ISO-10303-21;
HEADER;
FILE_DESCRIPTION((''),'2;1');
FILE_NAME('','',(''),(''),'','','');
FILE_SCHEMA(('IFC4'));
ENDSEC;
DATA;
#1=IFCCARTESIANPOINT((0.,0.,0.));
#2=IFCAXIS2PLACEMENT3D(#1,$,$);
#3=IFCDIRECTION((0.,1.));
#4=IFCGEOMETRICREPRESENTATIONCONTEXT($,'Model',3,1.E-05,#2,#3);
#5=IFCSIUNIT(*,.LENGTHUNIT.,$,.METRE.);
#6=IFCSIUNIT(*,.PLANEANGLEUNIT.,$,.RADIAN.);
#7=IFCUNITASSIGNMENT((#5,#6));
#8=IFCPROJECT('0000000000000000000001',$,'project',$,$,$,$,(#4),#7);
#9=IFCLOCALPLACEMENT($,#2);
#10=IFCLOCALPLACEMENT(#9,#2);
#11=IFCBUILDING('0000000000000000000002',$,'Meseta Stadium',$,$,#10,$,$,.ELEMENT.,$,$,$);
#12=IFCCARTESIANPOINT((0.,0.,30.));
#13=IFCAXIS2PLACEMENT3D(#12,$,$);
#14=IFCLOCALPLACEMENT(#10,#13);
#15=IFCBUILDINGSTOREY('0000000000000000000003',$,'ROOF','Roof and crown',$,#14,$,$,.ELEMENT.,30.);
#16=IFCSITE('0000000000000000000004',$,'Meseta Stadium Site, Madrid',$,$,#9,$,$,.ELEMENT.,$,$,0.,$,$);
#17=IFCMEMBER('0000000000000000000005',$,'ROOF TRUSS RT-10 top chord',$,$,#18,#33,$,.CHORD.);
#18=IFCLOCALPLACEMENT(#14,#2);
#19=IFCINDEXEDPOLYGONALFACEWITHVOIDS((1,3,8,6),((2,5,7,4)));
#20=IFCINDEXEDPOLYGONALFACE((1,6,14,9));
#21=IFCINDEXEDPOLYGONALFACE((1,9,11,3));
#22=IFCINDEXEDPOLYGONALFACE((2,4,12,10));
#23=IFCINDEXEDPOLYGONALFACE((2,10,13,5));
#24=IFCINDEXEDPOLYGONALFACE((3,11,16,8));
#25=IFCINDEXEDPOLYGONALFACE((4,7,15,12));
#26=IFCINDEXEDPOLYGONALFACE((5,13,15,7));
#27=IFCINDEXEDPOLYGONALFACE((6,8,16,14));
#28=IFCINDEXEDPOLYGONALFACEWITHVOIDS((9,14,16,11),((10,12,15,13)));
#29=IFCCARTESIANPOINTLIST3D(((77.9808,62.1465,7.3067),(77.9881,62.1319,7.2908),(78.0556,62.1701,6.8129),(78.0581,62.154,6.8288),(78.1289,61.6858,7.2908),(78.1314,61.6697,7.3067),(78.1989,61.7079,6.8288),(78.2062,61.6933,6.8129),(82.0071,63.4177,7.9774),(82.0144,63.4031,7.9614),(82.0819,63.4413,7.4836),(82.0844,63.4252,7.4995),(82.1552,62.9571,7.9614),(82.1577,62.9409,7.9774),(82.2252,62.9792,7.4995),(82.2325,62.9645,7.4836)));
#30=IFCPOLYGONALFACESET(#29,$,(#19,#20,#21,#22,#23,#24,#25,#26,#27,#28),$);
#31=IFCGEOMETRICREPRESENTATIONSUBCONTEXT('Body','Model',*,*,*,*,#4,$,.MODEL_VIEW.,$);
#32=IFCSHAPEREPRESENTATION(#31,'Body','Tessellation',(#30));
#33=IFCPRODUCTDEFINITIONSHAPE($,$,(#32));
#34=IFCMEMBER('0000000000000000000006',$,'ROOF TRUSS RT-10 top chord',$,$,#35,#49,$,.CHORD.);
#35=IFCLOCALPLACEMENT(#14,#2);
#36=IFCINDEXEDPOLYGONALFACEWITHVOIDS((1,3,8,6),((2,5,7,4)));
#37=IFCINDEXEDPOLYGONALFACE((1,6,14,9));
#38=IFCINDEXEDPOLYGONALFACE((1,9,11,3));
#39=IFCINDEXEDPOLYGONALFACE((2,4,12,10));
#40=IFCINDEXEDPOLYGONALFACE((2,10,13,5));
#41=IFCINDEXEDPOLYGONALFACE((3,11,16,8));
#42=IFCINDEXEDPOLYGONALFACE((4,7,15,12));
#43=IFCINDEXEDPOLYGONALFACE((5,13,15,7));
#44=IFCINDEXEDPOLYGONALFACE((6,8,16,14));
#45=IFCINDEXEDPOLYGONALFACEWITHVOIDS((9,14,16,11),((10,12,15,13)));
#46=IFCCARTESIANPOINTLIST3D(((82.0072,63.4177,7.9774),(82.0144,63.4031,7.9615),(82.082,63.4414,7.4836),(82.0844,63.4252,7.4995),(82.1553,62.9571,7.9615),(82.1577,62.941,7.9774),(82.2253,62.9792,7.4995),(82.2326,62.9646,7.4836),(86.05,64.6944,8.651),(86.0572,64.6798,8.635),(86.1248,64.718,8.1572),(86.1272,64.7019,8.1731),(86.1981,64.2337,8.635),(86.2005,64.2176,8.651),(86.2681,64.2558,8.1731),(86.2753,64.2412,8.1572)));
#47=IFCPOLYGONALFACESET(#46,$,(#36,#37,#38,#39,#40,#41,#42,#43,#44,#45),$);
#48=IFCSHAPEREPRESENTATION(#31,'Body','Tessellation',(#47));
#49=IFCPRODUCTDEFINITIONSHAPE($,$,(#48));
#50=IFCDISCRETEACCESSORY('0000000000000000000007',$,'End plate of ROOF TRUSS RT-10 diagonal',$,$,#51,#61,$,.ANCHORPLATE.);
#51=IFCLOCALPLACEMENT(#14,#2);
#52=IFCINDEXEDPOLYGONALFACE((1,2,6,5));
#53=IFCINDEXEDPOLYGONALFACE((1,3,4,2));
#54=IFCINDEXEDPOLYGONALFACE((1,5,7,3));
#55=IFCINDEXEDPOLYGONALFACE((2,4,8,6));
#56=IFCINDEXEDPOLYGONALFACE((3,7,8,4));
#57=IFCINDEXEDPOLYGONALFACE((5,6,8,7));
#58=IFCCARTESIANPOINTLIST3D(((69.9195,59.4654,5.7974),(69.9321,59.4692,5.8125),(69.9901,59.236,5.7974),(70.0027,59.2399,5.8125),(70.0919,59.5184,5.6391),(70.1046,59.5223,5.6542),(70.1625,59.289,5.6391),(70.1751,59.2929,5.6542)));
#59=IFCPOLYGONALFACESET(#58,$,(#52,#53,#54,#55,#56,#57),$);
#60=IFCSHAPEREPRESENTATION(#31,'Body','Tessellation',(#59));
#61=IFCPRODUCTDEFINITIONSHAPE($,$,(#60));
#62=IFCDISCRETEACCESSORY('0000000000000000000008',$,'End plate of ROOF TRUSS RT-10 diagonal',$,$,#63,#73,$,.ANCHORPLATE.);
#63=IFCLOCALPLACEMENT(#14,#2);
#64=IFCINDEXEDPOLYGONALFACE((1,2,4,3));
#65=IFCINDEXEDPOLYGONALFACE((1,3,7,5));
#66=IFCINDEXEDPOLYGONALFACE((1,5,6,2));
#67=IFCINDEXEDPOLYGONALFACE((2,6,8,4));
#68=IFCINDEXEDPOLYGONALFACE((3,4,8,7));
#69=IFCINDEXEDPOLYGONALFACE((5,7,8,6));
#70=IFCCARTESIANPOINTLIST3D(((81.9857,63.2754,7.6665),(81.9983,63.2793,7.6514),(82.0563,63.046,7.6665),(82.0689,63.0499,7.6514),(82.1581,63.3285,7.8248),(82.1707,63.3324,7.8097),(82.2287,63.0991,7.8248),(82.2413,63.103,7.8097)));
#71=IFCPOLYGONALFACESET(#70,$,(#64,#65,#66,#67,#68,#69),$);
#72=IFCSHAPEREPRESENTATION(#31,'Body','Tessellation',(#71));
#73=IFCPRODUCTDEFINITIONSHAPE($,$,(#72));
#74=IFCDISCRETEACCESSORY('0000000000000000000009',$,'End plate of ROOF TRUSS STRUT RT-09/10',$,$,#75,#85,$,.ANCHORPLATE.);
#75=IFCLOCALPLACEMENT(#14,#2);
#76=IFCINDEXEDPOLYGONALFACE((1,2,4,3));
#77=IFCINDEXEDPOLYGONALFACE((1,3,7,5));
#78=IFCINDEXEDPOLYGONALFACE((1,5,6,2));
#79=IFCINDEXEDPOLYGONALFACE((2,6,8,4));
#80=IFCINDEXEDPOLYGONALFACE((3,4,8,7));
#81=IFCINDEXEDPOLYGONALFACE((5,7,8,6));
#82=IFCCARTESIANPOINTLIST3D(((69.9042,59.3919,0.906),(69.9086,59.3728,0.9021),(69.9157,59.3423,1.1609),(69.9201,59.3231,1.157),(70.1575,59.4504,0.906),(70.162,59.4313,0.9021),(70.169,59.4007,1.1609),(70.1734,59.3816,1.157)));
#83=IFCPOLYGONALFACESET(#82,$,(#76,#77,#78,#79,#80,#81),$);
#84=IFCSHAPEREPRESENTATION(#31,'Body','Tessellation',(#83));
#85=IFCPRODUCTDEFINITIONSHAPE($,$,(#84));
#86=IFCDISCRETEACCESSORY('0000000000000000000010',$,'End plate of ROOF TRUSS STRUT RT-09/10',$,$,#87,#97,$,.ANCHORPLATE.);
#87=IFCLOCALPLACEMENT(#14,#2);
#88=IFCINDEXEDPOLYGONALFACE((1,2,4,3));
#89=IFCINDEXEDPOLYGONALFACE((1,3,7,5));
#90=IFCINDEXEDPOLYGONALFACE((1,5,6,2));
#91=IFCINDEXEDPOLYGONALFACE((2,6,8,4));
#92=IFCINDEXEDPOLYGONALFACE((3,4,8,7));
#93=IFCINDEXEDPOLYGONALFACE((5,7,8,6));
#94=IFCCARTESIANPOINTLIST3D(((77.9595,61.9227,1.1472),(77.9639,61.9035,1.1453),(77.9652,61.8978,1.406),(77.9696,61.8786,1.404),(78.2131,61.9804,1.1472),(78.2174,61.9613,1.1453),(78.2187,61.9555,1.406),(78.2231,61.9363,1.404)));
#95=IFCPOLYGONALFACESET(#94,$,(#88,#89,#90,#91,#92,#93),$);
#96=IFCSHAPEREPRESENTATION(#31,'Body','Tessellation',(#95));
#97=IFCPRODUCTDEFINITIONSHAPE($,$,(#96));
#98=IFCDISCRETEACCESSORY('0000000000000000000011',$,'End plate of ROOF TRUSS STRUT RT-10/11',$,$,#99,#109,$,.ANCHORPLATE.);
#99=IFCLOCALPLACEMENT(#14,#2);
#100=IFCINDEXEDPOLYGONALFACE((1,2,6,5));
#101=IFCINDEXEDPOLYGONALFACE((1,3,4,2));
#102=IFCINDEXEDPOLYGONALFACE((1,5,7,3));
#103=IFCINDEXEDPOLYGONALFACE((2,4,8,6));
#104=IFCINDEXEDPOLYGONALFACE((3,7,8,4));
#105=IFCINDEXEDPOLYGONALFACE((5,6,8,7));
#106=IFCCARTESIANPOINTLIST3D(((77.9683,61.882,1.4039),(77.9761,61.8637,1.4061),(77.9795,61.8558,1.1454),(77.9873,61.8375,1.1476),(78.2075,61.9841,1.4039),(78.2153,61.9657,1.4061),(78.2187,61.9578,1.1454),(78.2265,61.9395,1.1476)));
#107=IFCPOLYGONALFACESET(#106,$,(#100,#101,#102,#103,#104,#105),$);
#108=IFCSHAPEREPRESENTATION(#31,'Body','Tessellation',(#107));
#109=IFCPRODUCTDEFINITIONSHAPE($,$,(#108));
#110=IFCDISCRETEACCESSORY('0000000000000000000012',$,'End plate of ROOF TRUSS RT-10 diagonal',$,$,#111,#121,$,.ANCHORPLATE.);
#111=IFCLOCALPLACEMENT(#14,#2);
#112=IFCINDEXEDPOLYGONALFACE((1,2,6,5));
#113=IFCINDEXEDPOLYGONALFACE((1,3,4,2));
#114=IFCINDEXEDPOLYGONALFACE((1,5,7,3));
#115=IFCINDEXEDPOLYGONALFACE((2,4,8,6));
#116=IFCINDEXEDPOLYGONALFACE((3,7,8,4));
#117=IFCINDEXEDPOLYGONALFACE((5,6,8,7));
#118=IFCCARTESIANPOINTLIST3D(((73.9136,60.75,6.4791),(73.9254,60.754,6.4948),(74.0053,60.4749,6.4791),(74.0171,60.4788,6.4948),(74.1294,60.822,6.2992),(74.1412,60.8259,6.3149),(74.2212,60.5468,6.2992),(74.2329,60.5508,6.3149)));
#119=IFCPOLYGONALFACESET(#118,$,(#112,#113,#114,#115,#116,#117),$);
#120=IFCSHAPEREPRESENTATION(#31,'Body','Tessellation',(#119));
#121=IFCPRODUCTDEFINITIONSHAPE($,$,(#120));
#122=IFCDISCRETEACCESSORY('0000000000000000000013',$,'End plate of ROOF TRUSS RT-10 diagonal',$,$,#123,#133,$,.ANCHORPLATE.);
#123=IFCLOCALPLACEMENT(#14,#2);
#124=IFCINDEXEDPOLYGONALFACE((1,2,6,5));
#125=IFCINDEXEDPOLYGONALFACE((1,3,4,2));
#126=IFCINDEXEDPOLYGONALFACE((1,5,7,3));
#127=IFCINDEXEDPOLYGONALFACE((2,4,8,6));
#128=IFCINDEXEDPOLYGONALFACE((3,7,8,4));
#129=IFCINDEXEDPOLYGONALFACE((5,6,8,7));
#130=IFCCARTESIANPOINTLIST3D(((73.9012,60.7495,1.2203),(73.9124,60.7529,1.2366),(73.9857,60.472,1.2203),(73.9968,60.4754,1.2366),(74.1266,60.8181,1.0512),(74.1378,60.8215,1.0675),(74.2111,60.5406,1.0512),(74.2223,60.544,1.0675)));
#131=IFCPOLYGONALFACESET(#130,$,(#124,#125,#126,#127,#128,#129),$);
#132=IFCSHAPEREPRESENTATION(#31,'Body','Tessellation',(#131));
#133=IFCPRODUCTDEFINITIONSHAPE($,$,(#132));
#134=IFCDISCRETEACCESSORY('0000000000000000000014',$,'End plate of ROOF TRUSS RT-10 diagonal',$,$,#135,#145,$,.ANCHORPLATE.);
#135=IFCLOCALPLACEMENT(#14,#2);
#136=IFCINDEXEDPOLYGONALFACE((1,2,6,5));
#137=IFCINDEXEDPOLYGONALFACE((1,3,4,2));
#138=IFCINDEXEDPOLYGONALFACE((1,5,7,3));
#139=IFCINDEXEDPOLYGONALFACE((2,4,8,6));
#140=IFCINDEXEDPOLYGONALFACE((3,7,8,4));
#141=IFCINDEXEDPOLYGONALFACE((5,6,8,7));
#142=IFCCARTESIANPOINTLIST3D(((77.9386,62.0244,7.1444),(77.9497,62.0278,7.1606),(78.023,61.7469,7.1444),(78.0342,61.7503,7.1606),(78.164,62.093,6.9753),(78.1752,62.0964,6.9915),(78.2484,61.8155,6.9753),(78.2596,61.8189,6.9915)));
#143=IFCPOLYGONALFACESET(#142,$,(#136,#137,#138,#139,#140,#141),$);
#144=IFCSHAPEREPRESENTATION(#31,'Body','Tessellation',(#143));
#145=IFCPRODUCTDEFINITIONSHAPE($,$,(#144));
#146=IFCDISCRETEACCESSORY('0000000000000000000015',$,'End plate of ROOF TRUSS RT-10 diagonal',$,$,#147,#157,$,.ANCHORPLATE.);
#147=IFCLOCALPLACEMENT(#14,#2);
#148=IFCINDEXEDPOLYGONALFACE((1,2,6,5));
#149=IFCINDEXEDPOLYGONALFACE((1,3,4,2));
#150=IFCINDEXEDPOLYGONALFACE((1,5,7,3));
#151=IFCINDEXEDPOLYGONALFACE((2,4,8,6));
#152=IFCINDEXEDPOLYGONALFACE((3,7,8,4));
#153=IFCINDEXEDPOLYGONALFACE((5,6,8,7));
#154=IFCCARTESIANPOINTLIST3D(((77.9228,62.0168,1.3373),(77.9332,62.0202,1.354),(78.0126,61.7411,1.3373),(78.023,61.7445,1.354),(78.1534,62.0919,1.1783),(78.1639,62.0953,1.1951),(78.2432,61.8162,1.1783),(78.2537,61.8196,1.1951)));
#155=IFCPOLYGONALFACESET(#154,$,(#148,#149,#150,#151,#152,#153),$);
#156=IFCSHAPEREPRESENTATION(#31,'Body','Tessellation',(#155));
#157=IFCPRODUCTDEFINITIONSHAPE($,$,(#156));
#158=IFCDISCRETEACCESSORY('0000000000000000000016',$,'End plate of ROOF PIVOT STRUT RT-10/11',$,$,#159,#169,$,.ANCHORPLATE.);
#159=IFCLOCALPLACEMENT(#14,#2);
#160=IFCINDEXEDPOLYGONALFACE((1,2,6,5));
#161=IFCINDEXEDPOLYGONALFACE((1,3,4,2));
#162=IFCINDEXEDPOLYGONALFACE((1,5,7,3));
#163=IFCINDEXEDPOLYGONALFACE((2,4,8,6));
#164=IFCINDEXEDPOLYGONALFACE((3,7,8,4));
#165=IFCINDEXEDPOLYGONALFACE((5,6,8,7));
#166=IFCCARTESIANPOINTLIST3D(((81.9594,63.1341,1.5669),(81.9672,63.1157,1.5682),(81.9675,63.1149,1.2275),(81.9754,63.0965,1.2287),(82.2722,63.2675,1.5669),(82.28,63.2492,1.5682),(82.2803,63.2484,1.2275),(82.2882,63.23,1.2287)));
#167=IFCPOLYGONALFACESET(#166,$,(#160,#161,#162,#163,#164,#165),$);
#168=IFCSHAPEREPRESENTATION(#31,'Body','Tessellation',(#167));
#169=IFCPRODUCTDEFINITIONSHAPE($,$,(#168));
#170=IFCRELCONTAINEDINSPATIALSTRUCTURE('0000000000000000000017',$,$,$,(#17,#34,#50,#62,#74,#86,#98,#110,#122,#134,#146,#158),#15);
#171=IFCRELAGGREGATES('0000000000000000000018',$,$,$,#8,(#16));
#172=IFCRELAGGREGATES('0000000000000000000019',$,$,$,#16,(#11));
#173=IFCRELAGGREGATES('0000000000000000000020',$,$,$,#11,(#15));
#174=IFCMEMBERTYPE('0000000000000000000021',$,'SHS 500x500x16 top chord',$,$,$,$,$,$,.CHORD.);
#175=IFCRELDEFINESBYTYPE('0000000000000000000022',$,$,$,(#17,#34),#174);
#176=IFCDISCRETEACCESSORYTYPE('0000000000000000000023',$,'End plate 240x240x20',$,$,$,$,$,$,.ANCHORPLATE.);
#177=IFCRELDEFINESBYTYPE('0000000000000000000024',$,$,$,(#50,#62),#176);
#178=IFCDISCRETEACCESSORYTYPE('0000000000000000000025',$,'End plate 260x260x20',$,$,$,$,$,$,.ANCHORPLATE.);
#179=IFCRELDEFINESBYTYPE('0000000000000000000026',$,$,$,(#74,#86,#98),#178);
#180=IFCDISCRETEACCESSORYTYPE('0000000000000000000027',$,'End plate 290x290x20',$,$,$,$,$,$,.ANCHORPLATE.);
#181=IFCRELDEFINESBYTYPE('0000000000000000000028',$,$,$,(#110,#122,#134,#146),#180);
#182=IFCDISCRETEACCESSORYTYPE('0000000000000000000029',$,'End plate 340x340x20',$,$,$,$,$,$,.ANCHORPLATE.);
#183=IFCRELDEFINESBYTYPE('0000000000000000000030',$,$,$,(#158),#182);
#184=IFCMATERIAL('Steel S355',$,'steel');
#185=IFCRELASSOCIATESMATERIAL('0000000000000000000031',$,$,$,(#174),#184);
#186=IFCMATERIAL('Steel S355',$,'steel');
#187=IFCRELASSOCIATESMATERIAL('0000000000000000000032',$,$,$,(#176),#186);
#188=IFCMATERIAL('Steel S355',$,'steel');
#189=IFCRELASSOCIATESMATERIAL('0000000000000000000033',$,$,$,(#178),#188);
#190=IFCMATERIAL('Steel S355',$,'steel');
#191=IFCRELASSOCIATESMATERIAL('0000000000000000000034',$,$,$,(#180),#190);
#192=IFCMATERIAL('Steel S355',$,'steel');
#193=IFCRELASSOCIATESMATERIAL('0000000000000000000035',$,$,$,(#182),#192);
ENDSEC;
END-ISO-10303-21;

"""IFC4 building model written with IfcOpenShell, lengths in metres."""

from ifc_helpers import new_model, si_unit, direction, frame, origin, origin_2d, place, context, subcontext, project, spatial, rectangle, hollow_rectangle, extrude, material, material_profile, profile_set, type_object, element, save


model = new_model("IFC4")

# Units and contexts
model_context = context("Model", 3, precision=1e-05, world=origin(), true_north=direction((0.0, 1.0)))
body_context = subcontext(model_context, "Body", "Model", "MODEL_VIEW")
ifc_project = project(units=[si_unit("LENGTHUNIT", "METRE"), si_unit("PLANEANGLEUNIT", "RADIAN")], contexts=[model_context])

# Site, building, storey
site_placement = place(None, origin())
site = spatial("IfcSite", under=ifc_project, at=site_placement, Name="Meseta Stadium Site, Madrid", CompositionType="ELEMENT", RefElevation=0.0)
building_placement = place(site_placement, origin())
building = spatial("IfcBuilding", under=site, at=building_placement, Name="Meseta Stadium", CompositionType="ELEMENT")
storey_placement = place(building_placement, frame((0.0, 0.0, 30.0)))
storey = spatial("IfcBuildingStorey", under=building, at=storey_placement, Name="ROOF", Description="Roof and crown", CompositionType="ELEMENT", Elevation=30.0)

# Members
ifc_material_1 = material(Name="Steel S355", Category="steel")
ifc_material_profile_1 = material_profile(ifc_material_1, hollow_rectangle(XDim=0.5, YDim=0.5, WallThickness=0.0161, at=origin_2d()), Name="SHS 500x500x16")
ifc_profile_set_1 = profile_set([ifc_material_profile_1], Name="Steel S355")
member_type_1 = type_object("IfcMemberType", Name="SHS 500x500x16 top chord", PredefinedType="CHORD", material=ifc_profile_set_1)
member_1_placement = place(storey_placement, frame((78.0935, 61.9199, 7.0598), z_axis=(0.941793, 0.297351, 0.15687), x_axis=(-0.301079, 0.953599, 0.0)))
element("IfcMember", 1, at=member_1_placement, inside=storey, type_object=member_type_1, Name="ROOF TRUSS RT-10 top chord", PredefinedType="CHORD", context=body_context, shape_type="SweptSolid", body=[
    extrude(hollow_rectangle(XDim=0.5, YDim=0.5, WallThickness=0.0161, at=origin_2d()), origin(), (0.0, 0.0, 1.0), 4.2751),
])
member_2_placement = place(storey_placement, frame((82.1199, 63.1912, 7.7305), z_axis=(0.941772, 0.297393, 0.156915), x_axis=(-0.301123, 0.953585, 0.0)))
element("IfcMember", 2, at=member_2_placement, inside=storey, type_object=member_type_1, Name="ROOF TRUSS RT-10 top chord", PredefinedType="CHORD", context=body_context, shape_type="SweptSolid", body=[
    extrude(hollow_rectangle(XDim=0.5, YDim=0.5, WallThickness=0.0161, at=origin_2d()), origin(), (0.0, 0.0, 1.0), 4.2927),
])

# Discrete accessories
ifc_material_2 = material(Name="Steel S355", Category="steel")
ifc_material_profile_2 = material_profile(ifc_material_2, rectangle(XDim=0.24, YDim=0.24, at=origin_2d()), Name="PL 240x240")
ifc_profile_set_2 = profile_set([ifc_material_profile_2], Name="Steel S355")
discrete_accessory_type_1 = type_object("IfcDiscreteAccessoryType", Name="End plate 240x240x20", PredefinedType="ANCHORPLATE", material=ifc_profile_set_2)
for number, where, z_axis, x_axis, name in (
    (3, (70.041, 59.3772, 5.7183), (0.630407, 0.193971, 0.751639), (-0.294086, 0.955779, 0.0), "End plate of ROOF TRUSS RT-10 diagonal"),
    (4, (82.1072, 63.1873, 7.7456), (0.630407, 0.193971, -0.751639), (-0.294086, 0.955779, 0.0), "End plate of ROOF TRUSS RT-10 diagonal"),
):
    element("IfcDiscreteAccessory", number, at=place(storey_placement, frame(where, z_axis=z_axis, x_axis=x_axis)), inside=storey, type_object=discrete_accessory_type_1, Name=name, PredefinedType="ANCHORPLATE", context=body_context, shape_type="SweptSolid", body=[
        extrude(rectangle(XDim=0.24, YDim=0.24, at=origin_2d()), origin(), (0.0, 0.0, 1.0), 0.02),
    ])
ifc_material_3 = material(Name="Steel S355", Category="steel")
ifc_material_profile_3 = material_profile(ifc_material_3, rectangle(XDim=0.26, YDim=0.26, at=origin_2d()), Name="PL 260x260")
ifc_profile_set_3 = profile_set([ifc_material_profile_3], Name="Steel S355")
discrete_accessory_type_2 = type_object("IfcDiscreteAccessoryType", Name="End plate 260x260x20", PredefinedType="ANCHORPLATE", material=ifc_profile_set_3)
discrete_accessory_1_placement = place(storey_placement, frame((70.041, 59.3772, 1.0295), z_axis=(-0.220498, 0.955492, 0.195998), x_axis=(-0.974391, -0.22486, 0.0)))
element("IfcDiscreteAccessory", 5, at=discrete_accessory_1_placement, inside=storey, type_object=discrete_accessory_type_2, Name="End plate of ROOF TRUSS STRUT RT-09/10", PredefinedType="ANCHORPLATE", context=body_context, shape_type="SweptSolid", body=[
    extrude(rectangle(XDim=0.26, YDim=0.26, at=origin_2d()), origin(), (0.0, 0.0, 1.0), 0.02),
])
discrete_accessory_2_placement = place(storey_placement, frame((78.0935, 61.9199, 1.2747), z_axis=(-0.22108, 0.970293, 0.098258), x_axis=(-0.975011, -0.222155, 0.0)))
element("IfcDiscreteAccessory", 6, at=discrete_accessory_2_placement, inside=storey, type_object=discrete_accessory_type_2, Name="End plate of ROOF TRUSS STRUT RT-09/10", PredefinedType="ANCHORPLATE", context=body_context, shape_type="SweptSolid", body=[
    extrude(rectangle(XDim=0.26, YDim=0.26, at=origin_2d()), origin(), (0.0, 0.0, 1.0), 0.0198),
])
discrete_accessory_3_placement = place(storey_placement, frame((78.1013, 61.9016, 1.2769), z_axis=(-0.39007, 0.914226, -0.109707), x_axis=(-0.919778, -0.392439, 0.0)))
element("IfcDiscreteAccessory", 7, at=discrete_accessory_3_placement, inside=storey, type_object=discrete_accessory_type_2, Name="End plate of ROOF TRUSS STRUT RT-10/11", PredefinedType="ANCHORPLATE", context=body_context, shape_type="SweptSolid", body=[
    extrude(rectangle(XDim=0.26, YDim=0.26, at=origin_2d()), origin(), (0.0, 0.0, 1.0), 0.02),
])
ifc_material_4 = material(Name="Steel S355", Category="steel")
ifc_material_profile_4 = material_profile(ifc_material_4, rectangle(XDim=0.29, YDim=0.29, at=origin_2d()), Name="PL 290x290")
ifc_profile_set_4 = profile_set([ifc_material_profile_4], Name="Steel S355")
discrete_accessory_type_3 = type_object("IfcDiscreteAccessoryType", Name="End plate 290x290x20", PredefinedType="ANCHORPLATE", material=ifc_profile_set_4)
for number, where, z_axis, x_axis, name in (
    (8, (74.0674, 60.6484, 6.3892), (0.588348, 0.196116, 0.784465), (-0.316228, 0.948683, 0.0), "End plate of ROOF TRUSS RT-10 diagonal"),
    (9, (74.0562, 60.645, 1.1357), (0.557791, 0.169762, 0.812435), (-0.291162, 0.956674, 0.0), "End plate of ROOF TRUSS RT-10 diagonal"),
    (10, (78.0935, 61.9199, 7.0598), (0.557791, 0.169762, 0.812435), (-0.291162, 0.956674, 0.0), "End plate of ROOF TRUSS RT-10 diagonal"),
    (11, (78.083, 61.9165, 1.2578), (0.521222, 0.1697, 0.836379), (-0.309586, 0.950871, 0.0), "End plate of ROOF TRUSS RT-10 diagonal"),
):
    element("IfcDiscreteAccessory", number, at=place(storey_placement, frame(where, z_axis=z_axis, x_axis=x_axis)), inside=storey, type_object=discrete_accessory_type_3, Name=name, PredefinedType="ANCHORPLATE", context=body_context, shape_type="SweptSolid", body=[
        extrude(rectangle(XDim=0.29, YDim=0.29, at=origin_2d()), origin(), (0.0, 0.0, 1.0), 0.02),
    ])
ifc_material_5 = material(Name="Steel S355", Category="steel")
ifc_material_profile_5 = material_profile(ifc_material_5, rectangle(XDim=0.3401, YDim=0.3401, at=origin_2d()), Name="PL 340x340")
ifc_profile_set_5 = profile_set([ifc_material_profile_5], Name="Steel S355")
discrete_accessory_type_4 = type_object("IfcDiscreteAccessoryType", Name="End plate 340x340x20", PredefinedType="ANCHORPLATE", material=ifc_profile_set_5)
discrete_accessory_4_placement = place(storey_placement, frame((82.1277, 63.1729, 1.3984), z_axis=(-0.391703, 0.918054, -0.061204), x_axis=(-0.919778, -0.392439, 0.0)))
element("IfcDiscreteAccessory", 12, at=discrete_accessory_4_placement, inside=storey, type_object=discrete_accessory_type_4, Name="End plate of ROOF PIVOT STRUT RT-10/11", PredefinedType="ANCHORPLATE", context=body_context, shape_type="SweptSolid", body=[
    extrude(rectangle(XDim=0.3401, YDim=0.3401, at=origin_2d()), origin(), (0.0, 0.0, 1.0), 0.02),
])

save(model, "model.ifc")
